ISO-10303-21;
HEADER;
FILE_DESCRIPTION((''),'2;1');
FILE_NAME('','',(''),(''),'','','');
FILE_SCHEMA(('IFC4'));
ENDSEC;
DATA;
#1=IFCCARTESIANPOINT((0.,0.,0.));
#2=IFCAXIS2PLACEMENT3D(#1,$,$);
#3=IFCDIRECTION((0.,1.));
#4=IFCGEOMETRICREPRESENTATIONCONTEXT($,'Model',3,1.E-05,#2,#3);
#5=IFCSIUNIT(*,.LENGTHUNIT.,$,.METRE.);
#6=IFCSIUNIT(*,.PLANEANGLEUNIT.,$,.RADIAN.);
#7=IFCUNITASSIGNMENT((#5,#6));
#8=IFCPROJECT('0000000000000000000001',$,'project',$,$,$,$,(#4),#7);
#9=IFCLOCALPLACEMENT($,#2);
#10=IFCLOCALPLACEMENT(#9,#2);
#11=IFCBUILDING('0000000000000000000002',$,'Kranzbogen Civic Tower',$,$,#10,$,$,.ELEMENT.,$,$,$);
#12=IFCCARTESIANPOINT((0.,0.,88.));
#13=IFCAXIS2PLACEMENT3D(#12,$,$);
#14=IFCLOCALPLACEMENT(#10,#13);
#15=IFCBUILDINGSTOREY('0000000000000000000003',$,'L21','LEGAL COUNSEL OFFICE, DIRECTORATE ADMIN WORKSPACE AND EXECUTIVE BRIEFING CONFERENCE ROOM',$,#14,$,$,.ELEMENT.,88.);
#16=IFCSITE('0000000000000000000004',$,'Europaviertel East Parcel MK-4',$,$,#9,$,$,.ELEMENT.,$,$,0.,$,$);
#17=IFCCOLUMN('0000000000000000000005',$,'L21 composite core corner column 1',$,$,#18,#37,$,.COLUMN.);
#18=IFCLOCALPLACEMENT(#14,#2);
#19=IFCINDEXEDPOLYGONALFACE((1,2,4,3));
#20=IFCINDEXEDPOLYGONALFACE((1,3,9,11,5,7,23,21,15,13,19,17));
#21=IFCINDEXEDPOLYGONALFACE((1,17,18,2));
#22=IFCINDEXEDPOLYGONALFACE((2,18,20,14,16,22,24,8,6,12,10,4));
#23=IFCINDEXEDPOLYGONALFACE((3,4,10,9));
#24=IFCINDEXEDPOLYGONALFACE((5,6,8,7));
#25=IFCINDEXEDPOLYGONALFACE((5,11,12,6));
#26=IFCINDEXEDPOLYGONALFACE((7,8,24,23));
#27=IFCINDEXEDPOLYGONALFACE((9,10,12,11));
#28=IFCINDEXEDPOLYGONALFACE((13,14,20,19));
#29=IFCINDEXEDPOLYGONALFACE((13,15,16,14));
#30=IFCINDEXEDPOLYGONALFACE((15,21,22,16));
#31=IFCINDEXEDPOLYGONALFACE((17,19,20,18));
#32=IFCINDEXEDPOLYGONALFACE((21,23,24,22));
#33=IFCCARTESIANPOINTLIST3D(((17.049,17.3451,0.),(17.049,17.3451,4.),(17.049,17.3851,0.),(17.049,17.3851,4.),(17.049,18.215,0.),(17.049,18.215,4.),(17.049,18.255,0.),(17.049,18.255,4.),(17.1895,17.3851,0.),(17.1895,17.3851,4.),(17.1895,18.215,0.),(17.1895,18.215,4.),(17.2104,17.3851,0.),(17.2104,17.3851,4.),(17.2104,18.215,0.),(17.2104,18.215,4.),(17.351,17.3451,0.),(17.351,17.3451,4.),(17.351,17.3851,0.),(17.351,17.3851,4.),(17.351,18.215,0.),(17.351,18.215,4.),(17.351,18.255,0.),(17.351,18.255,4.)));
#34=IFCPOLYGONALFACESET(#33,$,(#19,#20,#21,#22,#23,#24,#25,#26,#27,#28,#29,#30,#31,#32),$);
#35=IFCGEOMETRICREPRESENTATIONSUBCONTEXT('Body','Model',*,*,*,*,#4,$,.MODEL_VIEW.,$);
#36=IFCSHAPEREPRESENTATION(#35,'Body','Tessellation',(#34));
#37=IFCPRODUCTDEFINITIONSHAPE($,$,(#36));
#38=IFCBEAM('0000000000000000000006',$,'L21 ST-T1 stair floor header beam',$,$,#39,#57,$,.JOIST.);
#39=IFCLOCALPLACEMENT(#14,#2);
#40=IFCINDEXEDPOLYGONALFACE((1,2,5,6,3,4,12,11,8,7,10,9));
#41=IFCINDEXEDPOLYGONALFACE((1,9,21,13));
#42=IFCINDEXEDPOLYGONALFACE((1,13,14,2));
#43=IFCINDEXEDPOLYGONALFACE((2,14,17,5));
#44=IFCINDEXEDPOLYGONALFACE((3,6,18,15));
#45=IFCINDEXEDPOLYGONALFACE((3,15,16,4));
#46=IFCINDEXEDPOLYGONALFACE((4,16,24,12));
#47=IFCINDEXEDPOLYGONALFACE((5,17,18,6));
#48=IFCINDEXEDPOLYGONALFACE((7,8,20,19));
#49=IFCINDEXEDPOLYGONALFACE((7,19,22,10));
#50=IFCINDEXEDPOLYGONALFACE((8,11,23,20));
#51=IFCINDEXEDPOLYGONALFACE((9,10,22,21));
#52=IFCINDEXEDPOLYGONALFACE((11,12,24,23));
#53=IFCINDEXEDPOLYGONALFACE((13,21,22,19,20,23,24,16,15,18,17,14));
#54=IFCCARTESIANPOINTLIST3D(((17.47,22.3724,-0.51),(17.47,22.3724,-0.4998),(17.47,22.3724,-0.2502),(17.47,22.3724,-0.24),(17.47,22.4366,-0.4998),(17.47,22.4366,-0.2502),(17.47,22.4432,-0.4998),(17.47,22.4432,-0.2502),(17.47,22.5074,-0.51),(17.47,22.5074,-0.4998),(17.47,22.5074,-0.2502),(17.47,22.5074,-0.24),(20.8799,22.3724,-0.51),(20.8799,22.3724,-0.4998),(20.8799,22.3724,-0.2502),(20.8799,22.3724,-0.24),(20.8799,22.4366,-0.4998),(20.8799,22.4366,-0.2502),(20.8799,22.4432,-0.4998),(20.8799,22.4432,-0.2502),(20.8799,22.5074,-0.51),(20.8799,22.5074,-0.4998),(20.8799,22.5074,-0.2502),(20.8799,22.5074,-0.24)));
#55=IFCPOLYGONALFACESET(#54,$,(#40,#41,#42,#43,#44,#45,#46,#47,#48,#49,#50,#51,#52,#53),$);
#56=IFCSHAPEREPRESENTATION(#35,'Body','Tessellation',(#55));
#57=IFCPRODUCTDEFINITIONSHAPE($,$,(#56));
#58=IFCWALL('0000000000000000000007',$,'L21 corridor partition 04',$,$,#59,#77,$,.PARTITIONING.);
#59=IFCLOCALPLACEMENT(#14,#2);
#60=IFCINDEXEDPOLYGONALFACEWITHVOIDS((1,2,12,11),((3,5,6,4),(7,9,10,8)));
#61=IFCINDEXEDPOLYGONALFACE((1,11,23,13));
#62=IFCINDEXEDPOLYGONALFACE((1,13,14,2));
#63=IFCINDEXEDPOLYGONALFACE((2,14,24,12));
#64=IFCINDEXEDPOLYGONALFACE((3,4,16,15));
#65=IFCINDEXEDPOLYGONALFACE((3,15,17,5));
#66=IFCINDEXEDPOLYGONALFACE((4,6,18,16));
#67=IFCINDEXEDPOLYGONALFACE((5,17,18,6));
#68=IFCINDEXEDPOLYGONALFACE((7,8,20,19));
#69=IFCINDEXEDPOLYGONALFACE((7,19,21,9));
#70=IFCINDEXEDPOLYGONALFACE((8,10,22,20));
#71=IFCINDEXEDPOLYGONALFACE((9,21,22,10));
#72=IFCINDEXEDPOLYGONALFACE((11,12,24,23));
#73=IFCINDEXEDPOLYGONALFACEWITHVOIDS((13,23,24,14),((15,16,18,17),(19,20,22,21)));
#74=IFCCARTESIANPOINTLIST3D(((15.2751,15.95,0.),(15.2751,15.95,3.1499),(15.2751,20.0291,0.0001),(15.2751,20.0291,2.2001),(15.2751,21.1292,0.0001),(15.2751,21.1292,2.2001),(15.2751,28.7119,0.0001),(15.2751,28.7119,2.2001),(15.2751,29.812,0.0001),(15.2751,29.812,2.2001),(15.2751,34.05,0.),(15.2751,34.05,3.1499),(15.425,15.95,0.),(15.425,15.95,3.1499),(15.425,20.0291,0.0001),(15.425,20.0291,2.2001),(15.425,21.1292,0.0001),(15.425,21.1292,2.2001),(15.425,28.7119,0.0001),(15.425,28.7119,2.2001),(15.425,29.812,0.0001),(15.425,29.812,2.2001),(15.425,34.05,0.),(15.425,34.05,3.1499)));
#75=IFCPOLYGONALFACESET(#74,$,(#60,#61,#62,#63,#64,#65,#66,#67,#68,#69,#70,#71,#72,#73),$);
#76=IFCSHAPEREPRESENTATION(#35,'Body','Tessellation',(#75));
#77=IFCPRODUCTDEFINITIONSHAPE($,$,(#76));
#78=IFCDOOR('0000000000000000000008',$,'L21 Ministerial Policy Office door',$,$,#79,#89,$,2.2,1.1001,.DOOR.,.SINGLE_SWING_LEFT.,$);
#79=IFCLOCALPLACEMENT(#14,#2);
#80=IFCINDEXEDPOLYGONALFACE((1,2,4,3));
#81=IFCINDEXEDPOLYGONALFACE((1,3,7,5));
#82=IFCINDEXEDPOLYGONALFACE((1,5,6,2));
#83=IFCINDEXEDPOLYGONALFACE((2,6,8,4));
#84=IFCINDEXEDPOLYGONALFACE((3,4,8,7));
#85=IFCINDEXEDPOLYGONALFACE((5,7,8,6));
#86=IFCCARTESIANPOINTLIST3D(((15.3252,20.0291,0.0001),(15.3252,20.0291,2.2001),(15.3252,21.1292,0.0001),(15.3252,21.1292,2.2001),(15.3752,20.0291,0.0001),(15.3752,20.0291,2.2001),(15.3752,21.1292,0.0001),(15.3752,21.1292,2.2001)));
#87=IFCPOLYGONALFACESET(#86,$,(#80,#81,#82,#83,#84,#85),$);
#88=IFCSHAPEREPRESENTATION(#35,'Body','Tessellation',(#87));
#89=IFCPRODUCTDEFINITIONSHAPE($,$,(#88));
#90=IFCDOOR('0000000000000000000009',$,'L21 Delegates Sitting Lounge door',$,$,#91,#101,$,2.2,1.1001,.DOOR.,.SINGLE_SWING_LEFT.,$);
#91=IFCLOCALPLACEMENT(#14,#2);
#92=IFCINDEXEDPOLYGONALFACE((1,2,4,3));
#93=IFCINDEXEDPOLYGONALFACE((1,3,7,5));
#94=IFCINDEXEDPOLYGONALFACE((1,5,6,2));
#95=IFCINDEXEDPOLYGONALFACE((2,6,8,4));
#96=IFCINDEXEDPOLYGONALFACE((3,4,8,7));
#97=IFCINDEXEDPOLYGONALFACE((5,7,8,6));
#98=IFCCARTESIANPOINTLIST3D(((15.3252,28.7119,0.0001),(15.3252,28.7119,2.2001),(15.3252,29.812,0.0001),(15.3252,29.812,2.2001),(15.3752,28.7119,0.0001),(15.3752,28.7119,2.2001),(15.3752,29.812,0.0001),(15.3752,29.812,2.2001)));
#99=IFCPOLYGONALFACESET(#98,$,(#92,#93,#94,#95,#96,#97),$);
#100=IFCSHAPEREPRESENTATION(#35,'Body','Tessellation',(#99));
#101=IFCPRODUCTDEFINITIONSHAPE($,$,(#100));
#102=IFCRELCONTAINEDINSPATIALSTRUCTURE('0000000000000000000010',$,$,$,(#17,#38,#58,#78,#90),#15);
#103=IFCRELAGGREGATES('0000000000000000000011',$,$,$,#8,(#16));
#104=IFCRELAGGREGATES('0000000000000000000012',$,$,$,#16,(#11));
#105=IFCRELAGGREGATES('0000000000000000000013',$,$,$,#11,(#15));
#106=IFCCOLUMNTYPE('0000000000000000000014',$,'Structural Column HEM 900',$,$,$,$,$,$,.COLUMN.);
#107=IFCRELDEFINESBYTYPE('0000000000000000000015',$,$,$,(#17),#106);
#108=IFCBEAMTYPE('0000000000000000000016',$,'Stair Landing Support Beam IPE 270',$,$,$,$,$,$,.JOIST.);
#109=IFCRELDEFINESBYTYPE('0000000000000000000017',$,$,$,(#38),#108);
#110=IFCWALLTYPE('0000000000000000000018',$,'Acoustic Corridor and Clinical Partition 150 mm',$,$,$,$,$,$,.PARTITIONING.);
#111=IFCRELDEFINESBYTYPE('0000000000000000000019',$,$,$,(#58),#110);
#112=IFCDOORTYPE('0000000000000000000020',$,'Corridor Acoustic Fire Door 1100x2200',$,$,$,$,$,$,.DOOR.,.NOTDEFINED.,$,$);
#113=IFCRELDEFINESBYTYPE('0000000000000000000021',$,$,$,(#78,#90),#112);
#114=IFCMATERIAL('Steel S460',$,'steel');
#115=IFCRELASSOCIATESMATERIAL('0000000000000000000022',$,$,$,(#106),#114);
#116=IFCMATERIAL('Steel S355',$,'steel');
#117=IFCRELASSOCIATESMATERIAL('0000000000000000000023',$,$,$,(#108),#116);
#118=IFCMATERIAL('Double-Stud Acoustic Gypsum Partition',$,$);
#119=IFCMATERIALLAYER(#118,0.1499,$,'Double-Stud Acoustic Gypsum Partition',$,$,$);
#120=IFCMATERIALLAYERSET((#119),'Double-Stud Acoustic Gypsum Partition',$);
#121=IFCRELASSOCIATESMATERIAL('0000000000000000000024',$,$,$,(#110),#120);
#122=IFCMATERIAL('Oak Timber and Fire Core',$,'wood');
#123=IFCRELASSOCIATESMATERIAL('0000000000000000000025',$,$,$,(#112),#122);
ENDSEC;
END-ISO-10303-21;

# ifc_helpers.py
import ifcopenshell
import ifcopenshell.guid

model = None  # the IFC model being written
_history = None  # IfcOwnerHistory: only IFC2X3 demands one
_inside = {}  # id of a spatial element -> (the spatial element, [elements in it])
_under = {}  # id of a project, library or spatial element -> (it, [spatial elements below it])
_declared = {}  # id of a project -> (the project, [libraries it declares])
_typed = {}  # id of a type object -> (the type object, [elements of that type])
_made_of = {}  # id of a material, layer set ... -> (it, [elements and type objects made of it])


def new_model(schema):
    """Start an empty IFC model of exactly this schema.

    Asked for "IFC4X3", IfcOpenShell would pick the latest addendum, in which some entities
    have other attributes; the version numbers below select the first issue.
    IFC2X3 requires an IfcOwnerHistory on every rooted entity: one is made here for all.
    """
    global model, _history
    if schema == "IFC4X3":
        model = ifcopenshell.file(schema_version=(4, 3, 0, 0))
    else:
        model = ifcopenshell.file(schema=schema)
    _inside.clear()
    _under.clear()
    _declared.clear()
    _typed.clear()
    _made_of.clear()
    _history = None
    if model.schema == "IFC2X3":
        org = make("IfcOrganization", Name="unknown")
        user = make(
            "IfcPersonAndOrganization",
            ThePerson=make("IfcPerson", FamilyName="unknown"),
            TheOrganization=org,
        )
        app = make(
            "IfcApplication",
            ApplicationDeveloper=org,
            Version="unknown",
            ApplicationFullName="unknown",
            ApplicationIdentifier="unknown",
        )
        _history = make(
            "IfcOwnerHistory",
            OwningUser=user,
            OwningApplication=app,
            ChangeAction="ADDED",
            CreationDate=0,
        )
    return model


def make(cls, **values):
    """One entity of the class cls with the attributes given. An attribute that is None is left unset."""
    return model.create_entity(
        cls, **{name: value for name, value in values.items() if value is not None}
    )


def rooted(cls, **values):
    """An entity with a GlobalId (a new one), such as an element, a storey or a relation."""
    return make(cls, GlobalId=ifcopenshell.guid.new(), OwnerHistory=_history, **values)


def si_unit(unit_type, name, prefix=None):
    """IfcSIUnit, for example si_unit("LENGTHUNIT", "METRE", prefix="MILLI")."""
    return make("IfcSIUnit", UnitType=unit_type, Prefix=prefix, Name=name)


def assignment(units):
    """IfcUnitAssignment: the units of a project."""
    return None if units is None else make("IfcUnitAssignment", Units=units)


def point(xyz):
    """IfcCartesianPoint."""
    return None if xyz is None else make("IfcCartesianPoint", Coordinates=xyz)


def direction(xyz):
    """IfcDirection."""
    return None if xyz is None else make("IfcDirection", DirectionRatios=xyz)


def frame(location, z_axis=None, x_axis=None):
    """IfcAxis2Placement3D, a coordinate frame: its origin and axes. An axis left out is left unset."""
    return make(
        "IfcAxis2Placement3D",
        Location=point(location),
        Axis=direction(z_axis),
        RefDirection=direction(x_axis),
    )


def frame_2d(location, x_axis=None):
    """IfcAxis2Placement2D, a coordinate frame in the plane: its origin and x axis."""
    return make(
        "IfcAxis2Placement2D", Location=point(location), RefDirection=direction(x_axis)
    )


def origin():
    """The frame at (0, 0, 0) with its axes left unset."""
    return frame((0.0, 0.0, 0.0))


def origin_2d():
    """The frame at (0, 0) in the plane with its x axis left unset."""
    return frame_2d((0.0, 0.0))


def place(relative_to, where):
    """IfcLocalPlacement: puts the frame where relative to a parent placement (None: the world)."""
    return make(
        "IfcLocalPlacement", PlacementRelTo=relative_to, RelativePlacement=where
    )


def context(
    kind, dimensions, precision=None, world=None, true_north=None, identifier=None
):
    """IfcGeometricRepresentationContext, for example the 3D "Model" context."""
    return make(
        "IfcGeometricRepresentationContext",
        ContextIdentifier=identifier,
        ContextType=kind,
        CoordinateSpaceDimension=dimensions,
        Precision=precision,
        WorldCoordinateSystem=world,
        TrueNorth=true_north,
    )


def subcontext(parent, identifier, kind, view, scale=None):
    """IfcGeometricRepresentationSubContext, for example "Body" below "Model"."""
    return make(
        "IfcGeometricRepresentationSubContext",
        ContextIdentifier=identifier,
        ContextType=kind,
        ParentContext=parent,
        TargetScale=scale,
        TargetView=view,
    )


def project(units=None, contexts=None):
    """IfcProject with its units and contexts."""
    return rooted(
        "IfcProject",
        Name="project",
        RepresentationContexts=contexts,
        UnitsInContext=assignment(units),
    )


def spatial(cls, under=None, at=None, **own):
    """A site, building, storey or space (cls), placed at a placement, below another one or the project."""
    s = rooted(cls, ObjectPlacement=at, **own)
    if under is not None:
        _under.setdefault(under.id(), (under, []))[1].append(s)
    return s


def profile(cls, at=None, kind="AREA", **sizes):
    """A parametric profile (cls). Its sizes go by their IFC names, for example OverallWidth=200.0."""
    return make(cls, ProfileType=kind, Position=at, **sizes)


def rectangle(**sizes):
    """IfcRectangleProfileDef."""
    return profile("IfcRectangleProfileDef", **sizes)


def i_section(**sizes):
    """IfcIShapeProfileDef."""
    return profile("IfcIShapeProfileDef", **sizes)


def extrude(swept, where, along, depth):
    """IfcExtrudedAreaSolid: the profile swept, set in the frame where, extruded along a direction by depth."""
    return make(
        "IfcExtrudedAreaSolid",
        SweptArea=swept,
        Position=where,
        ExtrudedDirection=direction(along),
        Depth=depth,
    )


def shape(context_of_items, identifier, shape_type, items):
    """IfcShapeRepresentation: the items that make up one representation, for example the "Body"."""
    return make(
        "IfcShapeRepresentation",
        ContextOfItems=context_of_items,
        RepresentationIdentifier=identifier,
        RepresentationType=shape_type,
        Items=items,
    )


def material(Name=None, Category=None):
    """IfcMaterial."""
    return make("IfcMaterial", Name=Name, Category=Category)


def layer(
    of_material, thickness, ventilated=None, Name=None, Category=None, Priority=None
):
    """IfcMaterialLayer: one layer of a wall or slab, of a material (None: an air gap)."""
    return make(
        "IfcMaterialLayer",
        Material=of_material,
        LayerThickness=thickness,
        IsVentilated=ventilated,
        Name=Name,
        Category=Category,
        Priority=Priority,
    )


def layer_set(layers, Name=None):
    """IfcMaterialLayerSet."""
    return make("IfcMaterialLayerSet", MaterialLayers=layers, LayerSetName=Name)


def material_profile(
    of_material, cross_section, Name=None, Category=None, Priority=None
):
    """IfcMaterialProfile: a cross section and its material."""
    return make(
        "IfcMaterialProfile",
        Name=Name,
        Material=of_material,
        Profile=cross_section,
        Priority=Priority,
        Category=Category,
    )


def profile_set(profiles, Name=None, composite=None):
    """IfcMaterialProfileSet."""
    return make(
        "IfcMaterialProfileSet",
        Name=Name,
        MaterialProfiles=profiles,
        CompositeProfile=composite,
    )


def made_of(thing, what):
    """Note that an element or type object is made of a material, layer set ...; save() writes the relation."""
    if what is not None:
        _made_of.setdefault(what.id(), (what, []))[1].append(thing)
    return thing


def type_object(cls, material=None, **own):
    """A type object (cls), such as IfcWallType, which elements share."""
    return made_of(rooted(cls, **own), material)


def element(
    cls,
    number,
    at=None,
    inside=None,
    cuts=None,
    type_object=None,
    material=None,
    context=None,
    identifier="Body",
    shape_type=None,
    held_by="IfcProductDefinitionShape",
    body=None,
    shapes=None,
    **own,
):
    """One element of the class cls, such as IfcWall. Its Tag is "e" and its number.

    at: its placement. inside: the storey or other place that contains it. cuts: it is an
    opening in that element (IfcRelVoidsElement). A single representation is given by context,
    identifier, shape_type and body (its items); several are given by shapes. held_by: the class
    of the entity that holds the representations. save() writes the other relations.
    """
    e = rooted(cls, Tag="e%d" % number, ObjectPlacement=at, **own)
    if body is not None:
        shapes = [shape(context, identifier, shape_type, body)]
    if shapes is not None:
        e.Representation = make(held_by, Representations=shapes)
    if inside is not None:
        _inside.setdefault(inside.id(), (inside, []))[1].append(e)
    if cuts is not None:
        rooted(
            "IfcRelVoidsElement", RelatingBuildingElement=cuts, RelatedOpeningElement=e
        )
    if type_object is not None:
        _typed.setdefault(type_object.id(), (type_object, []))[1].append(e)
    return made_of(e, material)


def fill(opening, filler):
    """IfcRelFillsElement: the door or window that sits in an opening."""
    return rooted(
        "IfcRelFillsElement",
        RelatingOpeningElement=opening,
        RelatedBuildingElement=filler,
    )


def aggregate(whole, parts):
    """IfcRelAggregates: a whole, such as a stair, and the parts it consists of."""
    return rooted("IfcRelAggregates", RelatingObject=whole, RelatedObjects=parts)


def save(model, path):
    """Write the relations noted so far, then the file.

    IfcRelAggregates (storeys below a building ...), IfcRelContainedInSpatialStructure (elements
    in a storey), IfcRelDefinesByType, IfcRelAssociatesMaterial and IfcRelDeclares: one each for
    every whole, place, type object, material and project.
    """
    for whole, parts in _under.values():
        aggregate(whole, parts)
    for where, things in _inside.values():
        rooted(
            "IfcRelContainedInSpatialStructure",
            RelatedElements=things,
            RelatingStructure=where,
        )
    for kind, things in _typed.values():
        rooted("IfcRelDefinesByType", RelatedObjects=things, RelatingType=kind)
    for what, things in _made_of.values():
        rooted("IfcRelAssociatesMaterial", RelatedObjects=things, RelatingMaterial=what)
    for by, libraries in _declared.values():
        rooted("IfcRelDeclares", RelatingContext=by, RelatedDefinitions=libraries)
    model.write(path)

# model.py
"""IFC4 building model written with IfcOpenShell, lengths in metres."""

from ifc_helpers import new_model, si_unit, direction, frame, frame_2d, origin, origin_2d, place, context, subcontext, project, spatial, rectangle, i_section, extrude, material, layer, layer_set, material_profile, profile_set, type_object, element, fill, save


model = new_model("IFC4")

# Units and contexts
model_context = context("Model", 3, precision=1e-05, world=origin(), true_north=direction((0.0, 1.0)))
body_context = subcontext(model_context, "Body", "Model", "MODEL_VIEW")
ifc_project = project(units=[si_unit("LENGTHUNIT", "METRE"), si_unit("PLANEANGLEUNIT", "RADIAN")], contexts=[model_context])

# Site, building, storey
site_placement = place(None, origin())
site = spatial("IfcSite", under=ifc_project, at=site_placement, Name="Europaviertel East Parcel MK-4", CompositionType="ELEMENT", RefElevation=0.0)
building_placement = place(site_placement, origin())
building = spatial("IfcBuilding", under=site, at=building_placement, Name="Kranzbogen Civic Tower", CompositionType="ELEMENT")
storey_placement = place(building_placement, frame((0.0, 0.0, 88.0)))
storey = spatial("IfcBuildingStorey", under=building, at=storey_placement, Name="L21", Description="LEGAL COUNSEL OFFICE, DIRECTORATE ADMIN WORKSPACE AND EXECUTIVE BRIEFING CONFERENCE ROOM", CompositionType="ELEMENT", Elevation=88.0)

# Column
ifc_material_1 = material(Name="Steel S460", Category="steel")
ifc_material_profile_1 = material_profile(ifc_material_1, i_section(OverallWidth=0.302, OverallDepth=0.9099, WebThickness=0.021, FlangeThickness=0.04, at=origin_2d()), Name="HEM 900")
ifc_profile_set_1 = profile_set([ifc_material_profile_1], Name="Steel S460")
column_type = type_object("IfcColumnType", Name="Structural Column HEM 900", PredefinedType="COLUMN", material=ifc_profile_set_1)
column_placement = place(storey_placement, frame((17.2, 17.8, 0.0), z_axis=(0.0, 0.0, 1.0), x_axis=(1.0, 0.0, 0.0)))
element("IfcColumn", 1, at=column_placement, inside=storey, type_object=column_type, Name="L21 composite core corner column 1", PredefinedType="COLUMN", context=body_context, shape_type="SweptSolid", body=[
    extrude(i_section(OverallWidth=0.302, OverallDepth=0.9099, WebThickness=0.021, FlangeThickness=0.04, at=origin_2d()), origin(), (0.0, 0.0, 1.0), 4.0),
])

# Beam
ifc_material_2 = material(Name="Steel S355", Category="steel")
ifc_material_profile_2 = material_profile(ifc_material_2, i_section(OverallWidth=0.135, OverallDepth=0.27, WebThickness=0.0066, FlangeThickness=0.0103, at=origin_2d()), Name="IPE 270")
ifc_profile_set_2 = profile_set([ifc_material_profile_2], Name="Steel S355")
beam_type = type_object("IfcBeamType", Name="Stair Landing Support Beam IPE 270", PredefinedType="JOIST", material=ifc_profile_set_2)
beam_placement = place(storey_placement, frame((20.8799, 22.4399, -0.375), z_axis=(-1.0, 0.0, 0.0), x_axis=(0.0, -1.0, 0.0)))
element("IfcBeam", 2, at=beam_placement, inside=storey, type_object=beam_type, Name="L21 ST-T1 stair floor header beam", PredefinedType="JOIST", context=body_context, shape_type="SweptSolid", body=[
    extrude(i_section(OverallWidth=0.135, OverallDepth=0.27, WebThickness=0.0066, FlangeThickness=0.0103, at=origin_2d()), origin(), (0.0, 0.0, 1.0), 3.4099),
])

# Wall, openings, doors
ifc_material_3 = material(Name="Double-Stud Acoustic Gypsum Partition")
ifc_layer_1 = layer(ifc_material_3, 0.1499, Name="Double-Stud Acoustic Gypsum Partition")
ifc_layer_set_1 = layer_set([ifc_layer_1], Name="Double-Stud Acoustic Gypsum Partition")
wall_type_1 = type_object("IfcWallType", Name="Acoustic Corridor and Clinical Partition 150 mm", PredefinedType="PARTITIONING", material=ifc_layer_set_1)
wall_1_placement = place(storey_placement, frame((15.3501, 15.95, 0.0), z_axis=(0.0, 0.0, 1.0), x_axis=(0.0, 1.0, 0.0)))
wall_1 = element("IfcWall", 3, at=wall_1_placement, inside=storey, type_object=wall_type_1, Name="L21 corridor partition 04", PredefinedType="PARTITIONING", context=body_context, shape_type="SweptSolid", body=[
    extrude(rectangle(XDim=18.1001, YDim=0.1499, at=frame_2d((9.05, 0.0))), origin(), (0.0, 0.0, 1.0), 3.1499),
])
opening_1_placement = place(wall_1_placement, frame((4.0791, 0.0, 0.0)))
opening_1 = element("IfcOpeningElement", 4, at=opening_1_placement, cuts=wall_1, PredefinedType="OPENING", context=body_context, shape_type="SweptSolid", body=[
    extrude(rectangle(XDim=1.1001, YDim=2.2, at=frame_2d((0.55, 1.1001))), frame((0.0, 0.085, 0.0), z_axis=(0.0, -1.0, 0.0), x_axis=(1.0, 0.0, 0.0)), (0.0, 0.0, 1.0), 0.1699),
])
opening_2_placement = place(wall_1_placement, frame((12.762, 0.0, 0.0)))
opening_2 = element("IfcOpeningElement", 5, at=opening_2_placement, cuts=wall_1, PredefinedType="OPENING", context=body_context, shape_type="SweptSolid", body=[
    extrude(rectangle(XDim=1.1001, YDim=2.2, at=frame_2d((0.55, 1.1001))), frame((0.0, 0.085, 0.0), z_axis=(0.0, -1.0, 0.0), x_axis=(1.0, 0.0, 0.0)), (0.0, 0.0, 1.0), 0.1699),
])
ifc_material_4 = material(Name="Oak Timber and Fire Core", Category="wood")
door_type_1 = type_object("IfcDoorType", Name="Corridor Acoustic Fire Door 1100x2200", OperationType="NOTDEFINED", PredefinedType="DOOR", material=ifc_material_4)
door_1_placement = place(opening_1_placement, origin())
door_1 = element("IfcDoor", 6, at=door_1_placement, inside=storey, type_object=door_type_1, Name="L21 Ministerial Policy Office door", OperationType="SINGLE_SWING_LEFT", OverallHeight=2.2, OverallWidth=1.1001, PredefinedType="DOOR", context=body_context, shape_type="SweptSolid", body=[
    extrude(rectangle(XDim=1.1001, YDim=2.2, at=frame_2d((0.55, 1.1001))), frame((0.0, 0.0249, 0.0), z_axis=(0.0, -1.0, 0.0), x_axis=(1.0, 0.0, 0.0)), (0.0, 0.0, 1.0), 0.05),
])
fill(opening_1, door_1)
door_2_placement = place(opening_2_placement, origin())
door_2 = element("IfcDoor", 7, at=door_2_placement, inside=storey, type_object=door_type_1, Name="L21 Delegates Sitting Lounge door", OperationType="SINGLE_SWING_LEFT", OverallHeight=2.2, OverallWidth=1.1001, PredefinedType="DOOR", context=body_context, shape_type="SweptSolid", body=[
    extrude(rectangle(XDim=1.1001, YDim=2.2, at=frame_2d((0.55, 1.1001))), frame((0.0, 0.0249, 0.0), z_axis=(0.0, -1.0, 0.0), x_axis=(1.0, 0.0, 0.0)), (0.0, 0.0, 1.0), 0.05),
])
fill(opening_2, door_2)

save(model, "model.ifc")
